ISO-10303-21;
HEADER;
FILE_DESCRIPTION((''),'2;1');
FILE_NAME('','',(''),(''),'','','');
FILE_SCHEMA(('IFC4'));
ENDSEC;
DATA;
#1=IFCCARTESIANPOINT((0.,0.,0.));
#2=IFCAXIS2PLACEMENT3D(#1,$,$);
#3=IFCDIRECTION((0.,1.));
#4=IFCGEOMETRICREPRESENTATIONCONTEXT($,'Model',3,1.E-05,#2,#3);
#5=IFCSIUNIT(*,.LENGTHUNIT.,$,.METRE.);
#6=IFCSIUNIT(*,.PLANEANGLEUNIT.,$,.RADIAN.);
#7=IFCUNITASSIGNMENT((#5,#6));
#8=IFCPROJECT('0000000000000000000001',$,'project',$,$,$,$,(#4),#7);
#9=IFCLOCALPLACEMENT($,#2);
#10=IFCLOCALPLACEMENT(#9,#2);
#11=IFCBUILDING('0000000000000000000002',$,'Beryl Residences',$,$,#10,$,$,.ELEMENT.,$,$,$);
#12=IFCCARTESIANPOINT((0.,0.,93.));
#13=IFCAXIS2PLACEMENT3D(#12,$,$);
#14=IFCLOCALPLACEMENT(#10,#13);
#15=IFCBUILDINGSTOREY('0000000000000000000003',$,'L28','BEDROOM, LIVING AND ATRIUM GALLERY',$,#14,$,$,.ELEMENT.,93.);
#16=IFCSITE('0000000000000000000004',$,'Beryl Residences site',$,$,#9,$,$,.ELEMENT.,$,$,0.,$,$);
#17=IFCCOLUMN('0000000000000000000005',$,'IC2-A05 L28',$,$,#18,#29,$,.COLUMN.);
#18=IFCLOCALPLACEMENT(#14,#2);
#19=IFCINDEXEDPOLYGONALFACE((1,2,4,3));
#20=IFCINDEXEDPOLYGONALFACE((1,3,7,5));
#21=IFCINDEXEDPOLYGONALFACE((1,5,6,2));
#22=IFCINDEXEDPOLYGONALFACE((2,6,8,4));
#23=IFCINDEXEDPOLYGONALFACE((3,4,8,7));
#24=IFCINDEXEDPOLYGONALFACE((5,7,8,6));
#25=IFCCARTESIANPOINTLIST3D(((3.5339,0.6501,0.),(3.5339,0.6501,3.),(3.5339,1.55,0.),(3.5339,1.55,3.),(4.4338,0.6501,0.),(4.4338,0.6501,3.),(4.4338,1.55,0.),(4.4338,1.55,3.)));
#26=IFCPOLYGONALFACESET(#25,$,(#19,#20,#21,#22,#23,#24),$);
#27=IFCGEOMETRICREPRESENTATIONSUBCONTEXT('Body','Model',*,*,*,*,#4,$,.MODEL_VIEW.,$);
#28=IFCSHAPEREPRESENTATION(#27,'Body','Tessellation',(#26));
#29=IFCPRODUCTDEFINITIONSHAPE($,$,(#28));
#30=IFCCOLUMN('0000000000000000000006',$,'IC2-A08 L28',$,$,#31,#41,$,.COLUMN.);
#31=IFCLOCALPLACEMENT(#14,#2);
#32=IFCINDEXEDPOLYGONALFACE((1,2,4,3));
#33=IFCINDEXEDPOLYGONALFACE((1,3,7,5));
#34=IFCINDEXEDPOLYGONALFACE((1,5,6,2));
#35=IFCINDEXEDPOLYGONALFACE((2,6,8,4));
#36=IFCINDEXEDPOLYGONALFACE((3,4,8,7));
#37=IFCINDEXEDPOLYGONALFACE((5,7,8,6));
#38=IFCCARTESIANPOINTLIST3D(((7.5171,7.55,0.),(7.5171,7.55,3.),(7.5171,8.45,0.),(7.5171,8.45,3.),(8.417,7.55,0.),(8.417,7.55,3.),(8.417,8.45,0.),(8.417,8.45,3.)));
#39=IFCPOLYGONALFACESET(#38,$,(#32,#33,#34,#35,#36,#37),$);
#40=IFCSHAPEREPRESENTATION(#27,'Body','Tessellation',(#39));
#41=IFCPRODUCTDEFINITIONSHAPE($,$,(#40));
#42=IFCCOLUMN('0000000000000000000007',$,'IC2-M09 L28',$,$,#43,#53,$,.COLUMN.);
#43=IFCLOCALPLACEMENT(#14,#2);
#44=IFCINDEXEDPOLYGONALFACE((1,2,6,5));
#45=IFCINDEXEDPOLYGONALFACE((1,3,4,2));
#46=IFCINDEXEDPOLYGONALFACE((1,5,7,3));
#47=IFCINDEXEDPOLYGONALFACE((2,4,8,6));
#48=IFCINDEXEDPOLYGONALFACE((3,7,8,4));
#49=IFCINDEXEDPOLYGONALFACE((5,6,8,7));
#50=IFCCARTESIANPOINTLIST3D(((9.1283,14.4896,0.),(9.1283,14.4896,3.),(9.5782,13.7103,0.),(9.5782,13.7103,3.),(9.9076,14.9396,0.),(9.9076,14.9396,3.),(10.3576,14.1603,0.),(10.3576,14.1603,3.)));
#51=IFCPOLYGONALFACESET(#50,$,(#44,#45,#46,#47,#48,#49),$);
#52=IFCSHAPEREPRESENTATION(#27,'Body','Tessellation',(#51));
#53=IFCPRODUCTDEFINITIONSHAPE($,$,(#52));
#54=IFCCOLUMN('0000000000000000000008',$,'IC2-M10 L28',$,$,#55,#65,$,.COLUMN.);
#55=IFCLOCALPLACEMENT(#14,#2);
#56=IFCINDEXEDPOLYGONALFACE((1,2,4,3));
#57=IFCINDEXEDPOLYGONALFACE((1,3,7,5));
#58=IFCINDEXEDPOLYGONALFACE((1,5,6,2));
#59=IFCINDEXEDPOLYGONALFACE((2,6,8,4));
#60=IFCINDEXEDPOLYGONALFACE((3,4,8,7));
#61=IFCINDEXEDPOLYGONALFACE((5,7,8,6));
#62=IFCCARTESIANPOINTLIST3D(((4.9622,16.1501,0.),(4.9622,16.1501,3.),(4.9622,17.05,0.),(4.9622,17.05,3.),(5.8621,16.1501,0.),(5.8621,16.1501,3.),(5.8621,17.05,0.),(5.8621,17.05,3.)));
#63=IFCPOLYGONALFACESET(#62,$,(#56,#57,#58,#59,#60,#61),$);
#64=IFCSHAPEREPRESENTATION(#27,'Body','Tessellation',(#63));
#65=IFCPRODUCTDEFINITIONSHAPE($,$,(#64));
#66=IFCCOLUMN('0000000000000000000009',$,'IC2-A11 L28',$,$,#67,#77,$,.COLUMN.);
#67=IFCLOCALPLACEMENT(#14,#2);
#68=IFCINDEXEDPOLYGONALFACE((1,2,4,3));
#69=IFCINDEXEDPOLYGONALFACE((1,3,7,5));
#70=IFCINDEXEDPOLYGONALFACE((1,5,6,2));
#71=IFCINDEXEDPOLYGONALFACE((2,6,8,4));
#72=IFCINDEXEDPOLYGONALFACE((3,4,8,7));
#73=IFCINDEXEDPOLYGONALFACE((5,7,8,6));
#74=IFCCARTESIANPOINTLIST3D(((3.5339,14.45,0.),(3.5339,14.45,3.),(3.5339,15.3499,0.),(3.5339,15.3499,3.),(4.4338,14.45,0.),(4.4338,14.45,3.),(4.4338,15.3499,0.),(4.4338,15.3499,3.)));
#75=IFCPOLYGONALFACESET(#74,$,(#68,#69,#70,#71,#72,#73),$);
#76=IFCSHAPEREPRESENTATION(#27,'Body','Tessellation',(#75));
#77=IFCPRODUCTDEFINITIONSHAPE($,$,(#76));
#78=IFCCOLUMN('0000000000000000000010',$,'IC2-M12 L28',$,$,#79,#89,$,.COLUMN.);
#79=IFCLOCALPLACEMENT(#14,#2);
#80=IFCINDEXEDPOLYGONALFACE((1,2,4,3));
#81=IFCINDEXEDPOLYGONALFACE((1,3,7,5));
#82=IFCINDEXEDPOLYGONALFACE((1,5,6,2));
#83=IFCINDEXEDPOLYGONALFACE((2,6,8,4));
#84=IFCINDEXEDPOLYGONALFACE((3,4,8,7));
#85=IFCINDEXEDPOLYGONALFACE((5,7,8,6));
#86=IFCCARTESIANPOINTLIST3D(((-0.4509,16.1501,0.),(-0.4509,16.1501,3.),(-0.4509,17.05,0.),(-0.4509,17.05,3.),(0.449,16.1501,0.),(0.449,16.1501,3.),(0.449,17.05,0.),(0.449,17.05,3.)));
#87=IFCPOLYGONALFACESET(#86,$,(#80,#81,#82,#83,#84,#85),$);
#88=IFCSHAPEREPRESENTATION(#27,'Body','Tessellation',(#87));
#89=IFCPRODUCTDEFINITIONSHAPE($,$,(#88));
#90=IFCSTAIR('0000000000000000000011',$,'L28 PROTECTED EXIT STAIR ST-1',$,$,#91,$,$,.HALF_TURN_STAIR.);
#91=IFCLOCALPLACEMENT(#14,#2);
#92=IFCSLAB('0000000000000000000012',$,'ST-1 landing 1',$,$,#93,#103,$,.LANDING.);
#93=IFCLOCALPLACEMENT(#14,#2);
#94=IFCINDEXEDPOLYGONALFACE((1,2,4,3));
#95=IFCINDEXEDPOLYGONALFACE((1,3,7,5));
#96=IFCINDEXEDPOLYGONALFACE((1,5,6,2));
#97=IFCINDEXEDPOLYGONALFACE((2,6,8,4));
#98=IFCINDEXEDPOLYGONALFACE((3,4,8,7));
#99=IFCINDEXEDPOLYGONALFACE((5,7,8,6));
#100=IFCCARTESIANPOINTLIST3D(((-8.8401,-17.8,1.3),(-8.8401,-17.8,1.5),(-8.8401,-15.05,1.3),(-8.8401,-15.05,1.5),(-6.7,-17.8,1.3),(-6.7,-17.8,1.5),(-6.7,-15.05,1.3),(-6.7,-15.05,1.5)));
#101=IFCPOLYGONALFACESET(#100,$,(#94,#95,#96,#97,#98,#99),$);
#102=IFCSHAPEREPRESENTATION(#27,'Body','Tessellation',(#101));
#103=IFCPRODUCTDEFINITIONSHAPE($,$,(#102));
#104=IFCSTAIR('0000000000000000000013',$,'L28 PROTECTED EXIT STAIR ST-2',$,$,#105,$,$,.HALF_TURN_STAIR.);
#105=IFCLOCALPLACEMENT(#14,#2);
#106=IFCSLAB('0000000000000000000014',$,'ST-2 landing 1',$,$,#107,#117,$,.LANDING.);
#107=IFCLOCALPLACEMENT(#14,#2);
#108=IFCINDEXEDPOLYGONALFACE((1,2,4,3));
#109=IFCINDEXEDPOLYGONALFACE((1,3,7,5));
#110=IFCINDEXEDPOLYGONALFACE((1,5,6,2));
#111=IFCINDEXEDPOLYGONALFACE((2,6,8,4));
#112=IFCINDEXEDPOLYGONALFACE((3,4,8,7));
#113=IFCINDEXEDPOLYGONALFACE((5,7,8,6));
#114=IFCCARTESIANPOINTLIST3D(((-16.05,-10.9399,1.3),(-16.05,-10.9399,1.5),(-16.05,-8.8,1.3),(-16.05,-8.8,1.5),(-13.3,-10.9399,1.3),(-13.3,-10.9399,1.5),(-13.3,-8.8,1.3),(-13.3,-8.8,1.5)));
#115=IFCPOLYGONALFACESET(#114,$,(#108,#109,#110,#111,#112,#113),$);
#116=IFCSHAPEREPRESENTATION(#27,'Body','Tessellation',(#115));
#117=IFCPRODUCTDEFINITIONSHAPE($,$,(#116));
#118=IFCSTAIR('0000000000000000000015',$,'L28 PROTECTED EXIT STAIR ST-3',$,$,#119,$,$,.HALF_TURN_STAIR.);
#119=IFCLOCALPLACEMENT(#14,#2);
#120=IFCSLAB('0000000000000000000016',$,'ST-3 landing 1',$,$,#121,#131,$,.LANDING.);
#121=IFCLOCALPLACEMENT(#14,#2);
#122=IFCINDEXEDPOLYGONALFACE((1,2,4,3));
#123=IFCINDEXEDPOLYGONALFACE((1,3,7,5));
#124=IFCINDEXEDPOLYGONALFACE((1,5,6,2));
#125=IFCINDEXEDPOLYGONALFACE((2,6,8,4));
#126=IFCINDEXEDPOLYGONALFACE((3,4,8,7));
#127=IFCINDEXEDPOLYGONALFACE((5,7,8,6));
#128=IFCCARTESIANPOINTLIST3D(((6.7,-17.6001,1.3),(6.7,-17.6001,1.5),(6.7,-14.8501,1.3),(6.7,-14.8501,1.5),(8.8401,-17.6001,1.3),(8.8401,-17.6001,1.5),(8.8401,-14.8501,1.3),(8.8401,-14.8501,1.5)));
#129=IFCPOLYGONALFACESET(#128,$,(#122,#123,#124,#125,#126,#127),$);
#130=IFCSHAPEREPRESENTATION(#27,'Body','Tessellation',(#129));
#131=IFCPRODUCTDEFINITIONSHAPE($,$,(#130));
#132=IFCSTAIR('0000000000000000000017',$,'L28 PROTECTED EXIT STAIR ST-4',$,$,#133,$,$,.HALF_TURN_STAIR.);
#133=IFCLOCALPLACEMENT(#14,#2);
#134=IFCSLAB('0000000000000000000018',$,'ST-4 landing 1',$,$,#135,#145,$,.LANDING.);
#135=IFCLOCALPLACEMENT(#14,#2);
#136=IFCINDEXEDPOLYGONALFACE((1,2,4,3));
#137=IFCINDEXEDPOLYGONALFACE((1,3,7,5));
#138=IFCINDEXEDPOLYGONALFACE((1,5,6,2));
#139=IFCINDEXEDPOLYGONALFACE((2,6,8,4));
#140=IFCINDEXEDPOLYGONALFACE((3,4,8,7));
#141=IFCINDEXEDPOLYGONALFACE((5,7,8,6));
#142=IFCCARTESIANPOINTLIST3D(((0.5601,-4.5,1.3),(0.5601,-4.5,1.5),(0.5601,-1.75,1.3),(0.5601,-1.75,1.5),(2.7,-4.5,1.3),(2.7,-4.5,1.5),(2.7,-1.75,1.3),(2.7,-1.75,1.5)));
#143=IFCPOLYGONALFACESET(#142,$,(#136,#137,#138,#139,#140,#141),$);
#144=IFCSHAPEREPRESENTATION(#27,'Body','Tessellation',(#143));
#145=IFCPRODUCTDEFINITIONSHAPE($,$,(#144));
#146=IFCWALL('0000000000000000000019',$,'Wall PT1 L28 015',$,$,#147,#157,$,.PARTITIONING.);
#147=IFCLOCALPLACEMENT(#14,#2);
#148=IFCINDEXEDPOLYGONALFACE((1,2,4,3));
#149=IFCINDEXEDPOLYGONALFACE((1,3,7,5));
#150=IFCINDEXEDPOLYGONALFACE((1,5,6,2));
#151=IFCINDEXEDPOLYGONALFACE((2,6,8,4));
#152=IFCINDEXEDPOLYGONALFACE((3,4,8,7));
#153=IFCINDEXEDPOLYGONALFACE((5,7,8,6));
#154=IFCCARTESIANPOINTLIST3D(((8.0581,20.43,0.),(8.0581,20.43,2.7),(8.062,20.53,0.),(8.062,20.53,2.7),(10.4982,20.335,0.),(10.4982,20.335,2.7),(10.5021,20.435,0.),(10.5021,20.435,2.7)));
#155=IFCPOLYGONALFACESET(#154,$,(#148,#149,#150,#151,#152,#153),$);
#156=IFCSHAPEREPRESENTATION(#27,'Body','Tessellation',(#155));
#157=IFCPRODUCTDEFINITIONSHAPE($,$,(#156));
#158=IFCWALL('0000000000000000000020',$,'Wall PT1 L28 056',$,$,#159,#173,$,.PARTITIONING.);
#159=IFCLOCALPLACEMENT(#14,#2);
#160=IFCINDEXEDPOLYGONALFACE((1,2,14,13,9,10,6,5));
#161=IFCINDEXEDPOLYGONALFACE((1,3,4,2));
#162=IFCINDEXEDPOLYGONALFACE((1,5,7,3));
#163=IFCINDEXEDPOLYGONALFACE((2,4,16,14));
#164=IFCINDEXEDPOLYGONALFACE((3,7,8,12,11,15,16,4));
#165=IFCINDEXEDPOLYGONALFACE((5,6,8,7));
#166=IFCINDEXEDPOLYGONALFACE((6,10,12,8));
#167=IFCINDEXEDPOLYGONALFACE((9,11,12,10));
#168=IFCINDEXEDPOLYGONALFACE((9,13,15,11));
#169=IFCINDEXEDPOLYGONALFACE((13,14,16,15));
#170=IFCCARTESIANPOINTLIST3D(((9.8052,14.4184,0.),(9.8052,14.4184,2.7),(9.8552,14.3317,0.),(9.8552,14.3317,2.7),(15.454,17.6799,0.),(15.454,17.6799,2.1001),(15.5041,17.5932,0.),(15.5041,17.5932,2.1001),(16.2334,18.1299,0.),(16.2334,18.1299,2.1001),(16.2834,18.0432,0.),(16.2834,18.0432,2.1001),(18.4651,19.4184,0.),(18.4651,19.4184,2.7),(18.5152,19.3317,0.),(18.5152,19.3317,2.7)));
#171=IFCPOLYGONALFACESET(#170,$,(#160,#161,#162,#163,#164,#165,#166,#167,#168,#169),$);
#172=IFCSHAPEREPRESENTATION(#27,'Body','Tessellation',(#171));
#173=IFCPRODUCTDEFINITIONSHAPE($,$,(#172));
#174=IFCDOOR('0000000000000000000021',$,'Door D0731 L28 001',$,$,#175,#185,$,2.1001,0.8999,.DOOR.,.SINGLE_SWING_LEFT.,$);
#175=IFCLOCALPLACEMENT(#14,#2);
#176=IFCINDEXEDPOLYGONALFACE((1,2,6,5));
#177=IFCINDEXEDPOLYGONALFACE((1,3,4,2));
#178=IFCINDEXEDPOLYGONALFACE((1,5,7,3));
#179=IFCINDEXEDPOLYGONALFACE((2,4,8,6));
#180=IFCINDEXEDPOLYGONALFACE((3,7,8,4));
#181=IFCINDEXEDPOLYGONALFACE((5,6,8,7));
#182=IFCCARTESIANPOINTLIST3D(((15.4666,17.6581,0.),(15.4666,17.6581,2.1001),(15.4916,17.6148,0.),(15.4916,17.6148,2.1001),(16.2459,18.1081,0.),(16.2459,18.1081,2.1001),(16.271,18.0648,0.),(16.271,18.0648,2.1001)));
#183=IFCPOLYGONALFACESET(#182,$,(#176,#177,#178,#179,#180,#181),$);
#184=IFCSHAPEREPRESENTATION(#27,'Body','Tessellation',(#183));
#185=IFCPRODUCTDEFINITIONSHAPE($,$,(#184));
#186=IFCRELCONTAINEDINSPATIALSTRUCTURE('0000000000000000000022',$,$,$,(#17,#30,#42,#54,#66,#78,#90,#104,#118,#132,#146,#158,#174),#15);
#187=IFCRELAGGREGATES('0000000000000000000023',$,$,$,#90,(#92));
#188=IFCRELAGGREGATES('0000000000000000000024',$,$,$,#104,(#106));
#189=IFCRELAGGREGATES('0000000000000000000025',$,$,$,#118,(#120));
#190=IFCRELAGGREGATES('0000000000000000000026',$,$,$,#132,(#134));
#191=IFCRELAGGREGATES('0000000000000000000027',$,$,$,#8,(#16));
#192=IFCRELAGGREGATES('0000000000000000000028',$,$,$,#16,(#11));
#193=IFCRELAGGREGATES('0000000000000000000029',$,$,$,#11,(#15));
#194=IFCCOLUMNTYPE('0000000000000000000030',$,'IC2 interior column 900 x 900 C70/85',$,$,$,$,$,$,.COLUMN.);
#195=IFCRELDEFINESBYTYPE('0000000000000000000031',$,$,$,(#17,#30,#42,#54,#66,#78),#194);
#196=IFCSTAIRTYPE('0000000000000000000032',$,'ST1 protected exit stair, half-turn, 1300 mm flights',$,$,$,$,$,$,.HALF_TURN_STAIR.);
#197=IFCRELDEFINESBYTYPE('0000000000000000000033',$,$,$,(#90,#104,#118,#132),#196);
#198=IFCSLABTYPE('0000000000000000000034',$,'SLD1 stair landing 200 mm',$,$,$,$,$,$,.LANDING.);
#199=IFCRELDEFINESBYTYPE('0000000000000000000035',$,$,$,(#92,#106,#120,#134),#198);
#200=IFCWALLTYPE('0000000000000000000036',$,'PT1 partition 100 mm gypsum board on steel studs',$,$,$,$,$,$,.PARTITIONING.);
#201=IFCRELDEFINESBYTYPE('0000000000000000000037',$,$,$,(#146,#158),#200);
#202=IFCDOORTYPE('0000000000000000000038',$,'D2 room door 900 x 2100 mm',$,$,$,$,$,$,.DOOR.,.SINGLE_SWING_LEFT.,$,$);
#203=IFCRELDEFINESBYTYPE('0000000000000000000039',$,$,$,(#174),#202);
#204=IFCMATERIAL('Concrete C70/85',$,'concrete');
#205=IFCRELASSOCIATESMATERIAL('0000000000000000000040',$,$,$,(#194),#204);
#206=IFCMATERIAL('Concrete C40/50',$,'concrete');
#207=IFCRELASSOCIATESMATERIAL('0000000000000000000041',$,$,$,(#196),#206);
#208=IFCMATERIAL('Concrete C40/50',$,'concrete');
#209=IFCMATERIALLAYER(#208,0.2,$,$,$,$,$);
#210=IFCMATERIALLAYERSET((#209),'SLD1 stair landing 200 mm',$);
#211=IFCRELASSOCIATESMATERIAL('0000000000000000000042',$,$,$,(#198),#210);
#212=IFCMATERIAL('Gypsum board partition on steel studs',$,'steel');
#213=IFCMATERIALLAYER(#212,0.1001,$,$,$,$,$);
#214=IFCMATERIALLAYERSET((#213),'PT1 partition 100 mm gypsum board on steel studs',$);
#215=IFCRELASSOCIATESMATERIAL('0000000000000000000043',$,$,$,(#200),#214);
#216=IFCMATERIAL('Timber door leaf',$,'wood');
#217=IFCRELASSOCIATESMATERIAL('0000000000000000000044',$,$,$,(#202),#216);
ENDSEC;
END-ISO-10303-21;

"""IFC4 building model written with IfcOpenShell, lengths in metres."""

from ifc_helpers import new_model, si_unit, direction, frame, frame_2d, origin, origin_2d, place, context, subcontext, project, spatial, polyline, rectangle, outline, extrude, material, layer, layer_set, material_profile, profile_set, type_object, element, fill, aggregate, save


model = new_model("IFC4")

# Units and contexts
model_context = context("Model", 3, precision=1e-05, world=origin(), true_north=direction((0.0, 1.0)))
body_context = subcontext(model_context, "Body", "Model", "MODEL_VIEW")
ifc_project = project(units=[si_unit("LENGTHUNIT", "METRE"), si_unit("PLANEANGLEUNIT", "RADIAN")], contexts=[model_context])

# Site, building, storey
site_placement = place(None, origin())
site = spatial("IfcSite", under=ifc_project, at=site_placement, Name="Beryl Residences site", CompositionType="ELEMENT", RefElevation=0.0)
building_placement = place(site_placement, origin())
building = spatial("IfcBuilding", under=site, at=building_placement, Name="Beryl Residences", CompositionType="ELEMENT")
storey_placement = place(building_placement, frame((0.0, 0.0, 93.0)))
storey = spatial("IfcBuildingStorey", under=building, at=storey_placement, Name="L28", Description="BEDROOM, LIVING AND ATRIUM GALLERY", CompositionType="ELEMENT", Elevation=93.0)

# Columns
ifc_material_1 = material(Name="Concrete C70/85", Category="concrete")
ifc_material_profile = material_profile(ifc_material_1, rectangle(XDim=0.8999, YDim=0.8999, at=origin_2d()))
ifc_profile_set = profile_set([ifc_material_profile], Name="Concrete C70/85")
column_type = type_object("IfcColumnType", Name="IC2 interior column 900 x 900 C70/85", PredefinedType="COLUMN", material=ifc_profile_set)
for number, where, z_axis, x_axis, name in (
    (1, (3.9839, 1.1001, 0.0), (0.0, 0.0, 1.0), (1.0, 0.0, 0.0), "IC2-A05 L28"),
    (2, (7.967, 8.0, 0.0), (0.0, 0.0, 1.0), (1.0, 0.0, 0.0), "IC2-A08 L28"),
    (3, (9.7429, 14.325, 0.0), (0.0, 0.0, 1.0), (-0.5, 0.866025, 0.0), "IC2-M09 L28"),
    (4, (5.4121, 16.6001, 0.0), (0.0, 0.0, 1.0), (-1.0, 0.0, 0.0), "IC2-M10 L28"),
    (5, (3.9839, 14.8999, 0.0), (0.0, 0.0, 1.0), (1.0, 0.0, 0.0), "IC2-A11 L28"),
    (6, (-0.001, 16.6001, 0.0), (0.0, 0.0, 1.0), (-1.0, 0.0, 0.0), "IC2-M12 L28"),
):
    element("IfcColumn", number, at=place(storey_placement, frame(where, z_axis=z_axis, x_axis=x_axis)), inside=storey, type_object=column_type, Name=name, PredefinedType="COLUMN", context=body_context, shape_type="SweptSolid", body=[
        extrude(rectangle(XDim=0.8999, YDim=0.8999, at=origin_2d()), origin(), (0.0, 0.0, 1.0), 3.0),
    ])

# Stairs, slabs
ifc_material_2 = material(Name="Concrete C40/50", Category="concrete")
stair_type = type_object("IfcStairType", Name="ST1 protected exit stair, half-turn, 1300 mm flights", PredefinedType="HALF_TURN_STAIR", material=ifc_material_2)
stair_1_placement = place(storey_placement, origin())
stair_1 = element("IfcStair", 7, at=stair_1_placement, inside=storey, type_object=stair_type, Name="L28 PROTECTED EXIT STAIR ST-1", PredefinedType="HALF_TURN_STAIR")
ifc_material_3 = material(Name="Concrete C40/50", Category="concrete")
ifc_layer_1 = layer(ifc_material_3, 0.2)
ifc_layer_set_1 = layer_set([ifc_layer_1], Name="SLD1 stair landing 200 mm")
slab_type_1 = type_object("IfcSlabType", Name="SLD1 stair landing 200 mm", PredefinedType="LANDING", material=ifc_layer_set_1)
slab_1_placement = place(storey_placement, frame((0.0, 0.0, 1.3)))
slab_1 = element("IfcSlab", 8, at=slab_1_placement, type_object=slab_type_1, Name="ST-1 landing 1", PredefinedType="LANDING", context=body_context, shape_type="SweptSolid", body=[
    extrude(outline(polyline([(-8.8401, -17.8), (-6.7, -17.8), (-6.7, -15.05), (-8.8401, -15.05), (-8.8401, -17.8)])), origin(), (0.0, 0.0, 1.0), 0.2),
])
aggregate(stair_1, [slab_1])
stair_2_placement = place(storey_placement, origin())
stair_2 = element("IfcStair", 9, at=stair_2_placement, inside=storey, type_object=stair_type, Name="L28 PROTECTED EXIT STAIR ST-2", PredefinedType="HALF_TURN_STAIR")
slab_2_placement = place(storey_placement, frame((0.0, 0.0, 1.3)))
slab_2 = element("IfcSlab", 10, at=slab_2_placement, type_object=slab_type_1, Name="ST-2 landing 1", PredefinedType="LANDING", context=body_context, shape_type="SweptSolid", body=[
    extrude(outline(polyline([(-13.3, -10.9399), (-13.3, -8.8), (-16.05, -8.8), (-16.05, -10.9399), (-13.3, -10.9399)])), origin(), (0.0, 0.0, 1.0), 0.2),
])
aggregate(stair_2, [slab_2])
stair_3_placement = place(storey_placement, origin())
stair_3 = element("IfcStair", 11, at=stair_3_placement, inside=storey, type_object=stair_type, Name="L28 PROTECTED EXIT STAIR ST-3", PredefinedType="HALF_TURN_STAIR")
slab_3_placement = place(storey_placement, frame((0.0, 0.0, 1.3)))
slab_3 = element("IfcSlab", 12, at=slab_3_placement, type_object=slab_type_1, Name="ST-3 landing 1", PredefinedType="LANDING", context=body_context, shape_type="SweptSolid", body=[
    extrude(outline(polyline([(8.8401, -14.8501), (6.7, -14.8501), (6.7, -17.6001), (8.8401, -17.6001), (8.8401, -14.8501)])), origin(), (0.0, 0.0, 1.0), 0.2),
])
aggregate(stair_3, [slab_3])
stair_4_placement = place(storey_placement, origin())
stair_4 = element("IfcStair", 13, at=stair_4_placement, inside=storey, type_object=stair_type, Name="L28 PROTECTED EXIT STAIR ST-4", PredefinedType="HALF_TURN_STAIR")
slab_4_placement = place(storey_placement, frame((0.0, 0.0, 1.3)))
slab_4 = element("IfcSlab", 14, at=slab_4_placement, type_object=slab_type_1, Name="ST-4 landing 1", PredefinedType="LANDING", context=body_context, shape_type="SweptSolid", body=[
    extrude(outline(polyline([(0.5601, -4.5), (2.7, -4.5), (2.7, -1.75), (0.5601, -1.75), (0.5601, -4.5)])), origin(), (0.0, 0.0, 1.0), 0.2),
])
aggregate(stair_4, [slab_4])

# Wall
ifc_material_4 = material(Name="Gypsum board partition on steel studs", Category="steel")
ifc_layer_2 = layer(ifc_material_4, 0.1001)
ifc_layer_set_2 = layer_set([ifc_layer_2], Name="PT1 partition 100 mm gypsum board on steel studs")
wall_type_1 = type_object("IfcWallType", Name="PT1 partition 100 mm gypsum board on steel studs", PredefinedType="PARTITIONING", material=ifc_layer_set_2)
wall_1_placement = place(storey_placement, frame((8.0601, 20.48, 0.0), z_axis=(0.0, 0.0, 1.0), x_axis=(0.999243, -0.038894, 0.0)))
element("IfcWall", 15, at=wall_1_placement, inside=storey, type_object=wall_type_1, Name="Wall PT1 L28 015", PredefinedType="PARTITIONING", context=body_context, shape_type="SweptSolid", body=[
    extrude(rectangle(XDim=2.4419, YDim=0.1001, at=frame_2d((1.2209, 0.0))), origin(), (0.0, 0.0, 1.0), 2.7),
])

# Wall, opening, door
wall_2_placement = place(storey_placement, frame((9.8301, 14.375, 0.0), z_axis=(0.0, 0.0, 1.0), x_axis=(0.866017, 0.500015, 0.0)))
wall_2 = element("IfcWall", 16, at=wall_2_placement, inside=storey, type_object=wall_type_1, Name="Wall PT1 L28 056", PredefinedType="PARTITIONING", context=body_context, shape_type="SweptSolid", body=[
    extrude(rectangle(XDim=9.9998, YDim=0.1001, at=frame_2d((5.0, 0.0))), origin(), (0.0, 0.0, 1.0), 2.7),
])
opening_1_placement = place(wall_2_placement, frame((6.5229, 0.0, 0.0)))
opening_1 = element("IfcOpeningElement", 17, at=opening_1_placement, cuts=wall_2, PredefinedType="OPENING", context=body_context, shape_type="SweptSolid", body=[
    extrude(rectangle(XDim=0.8999, YDim=2.1001, at=frame_2d((0.45, 1.05))), frame((0.0, 0.0601, 0.0), z_axis=(0.0, -1.0, 0.0), x_axis=(1.0, 0.0, 0.0)), (0.0, 0.0, 1.0), 0.1201),
])
ifc_material_5 = material(Name="Timber door leaf", Category="wood")
door_type_1 = type_object("IfcDoorType", Name="D2 room door 900 x 2100 mm", OperationType="SINGLE_SWING_LEFT", PredefinedType="DOOR", material=ifc_material_5)
door_1_placement = place(opening_1_placement, origin())
door_1 = element("IfcDoor", 18, at=door_1_placement, inside=storey, type_object=door_type_1, Name="Door D0731 L28 001", OperationType="SINGLE_SWING_LEFT", OverallHeight=2.1001, OverallWidth=0.8999, PredefinedType="DOOR", context=body_context, shape_type="SweptSolid", body=[
    extrude(rectangle(XDim=0.8999, YDim=2.1001, at=frame_2d((0.45, 1.05))), frame((0.0, 0.0249, 0.0), z_axis=(0.0, -1.0, 0.0), x_axis=(1.0, 0.0, 0.0)), (0.0, 0.0, 1.0), 0.05),
])
fill(opening_1, door_1)

save(model, "model.ifc")
